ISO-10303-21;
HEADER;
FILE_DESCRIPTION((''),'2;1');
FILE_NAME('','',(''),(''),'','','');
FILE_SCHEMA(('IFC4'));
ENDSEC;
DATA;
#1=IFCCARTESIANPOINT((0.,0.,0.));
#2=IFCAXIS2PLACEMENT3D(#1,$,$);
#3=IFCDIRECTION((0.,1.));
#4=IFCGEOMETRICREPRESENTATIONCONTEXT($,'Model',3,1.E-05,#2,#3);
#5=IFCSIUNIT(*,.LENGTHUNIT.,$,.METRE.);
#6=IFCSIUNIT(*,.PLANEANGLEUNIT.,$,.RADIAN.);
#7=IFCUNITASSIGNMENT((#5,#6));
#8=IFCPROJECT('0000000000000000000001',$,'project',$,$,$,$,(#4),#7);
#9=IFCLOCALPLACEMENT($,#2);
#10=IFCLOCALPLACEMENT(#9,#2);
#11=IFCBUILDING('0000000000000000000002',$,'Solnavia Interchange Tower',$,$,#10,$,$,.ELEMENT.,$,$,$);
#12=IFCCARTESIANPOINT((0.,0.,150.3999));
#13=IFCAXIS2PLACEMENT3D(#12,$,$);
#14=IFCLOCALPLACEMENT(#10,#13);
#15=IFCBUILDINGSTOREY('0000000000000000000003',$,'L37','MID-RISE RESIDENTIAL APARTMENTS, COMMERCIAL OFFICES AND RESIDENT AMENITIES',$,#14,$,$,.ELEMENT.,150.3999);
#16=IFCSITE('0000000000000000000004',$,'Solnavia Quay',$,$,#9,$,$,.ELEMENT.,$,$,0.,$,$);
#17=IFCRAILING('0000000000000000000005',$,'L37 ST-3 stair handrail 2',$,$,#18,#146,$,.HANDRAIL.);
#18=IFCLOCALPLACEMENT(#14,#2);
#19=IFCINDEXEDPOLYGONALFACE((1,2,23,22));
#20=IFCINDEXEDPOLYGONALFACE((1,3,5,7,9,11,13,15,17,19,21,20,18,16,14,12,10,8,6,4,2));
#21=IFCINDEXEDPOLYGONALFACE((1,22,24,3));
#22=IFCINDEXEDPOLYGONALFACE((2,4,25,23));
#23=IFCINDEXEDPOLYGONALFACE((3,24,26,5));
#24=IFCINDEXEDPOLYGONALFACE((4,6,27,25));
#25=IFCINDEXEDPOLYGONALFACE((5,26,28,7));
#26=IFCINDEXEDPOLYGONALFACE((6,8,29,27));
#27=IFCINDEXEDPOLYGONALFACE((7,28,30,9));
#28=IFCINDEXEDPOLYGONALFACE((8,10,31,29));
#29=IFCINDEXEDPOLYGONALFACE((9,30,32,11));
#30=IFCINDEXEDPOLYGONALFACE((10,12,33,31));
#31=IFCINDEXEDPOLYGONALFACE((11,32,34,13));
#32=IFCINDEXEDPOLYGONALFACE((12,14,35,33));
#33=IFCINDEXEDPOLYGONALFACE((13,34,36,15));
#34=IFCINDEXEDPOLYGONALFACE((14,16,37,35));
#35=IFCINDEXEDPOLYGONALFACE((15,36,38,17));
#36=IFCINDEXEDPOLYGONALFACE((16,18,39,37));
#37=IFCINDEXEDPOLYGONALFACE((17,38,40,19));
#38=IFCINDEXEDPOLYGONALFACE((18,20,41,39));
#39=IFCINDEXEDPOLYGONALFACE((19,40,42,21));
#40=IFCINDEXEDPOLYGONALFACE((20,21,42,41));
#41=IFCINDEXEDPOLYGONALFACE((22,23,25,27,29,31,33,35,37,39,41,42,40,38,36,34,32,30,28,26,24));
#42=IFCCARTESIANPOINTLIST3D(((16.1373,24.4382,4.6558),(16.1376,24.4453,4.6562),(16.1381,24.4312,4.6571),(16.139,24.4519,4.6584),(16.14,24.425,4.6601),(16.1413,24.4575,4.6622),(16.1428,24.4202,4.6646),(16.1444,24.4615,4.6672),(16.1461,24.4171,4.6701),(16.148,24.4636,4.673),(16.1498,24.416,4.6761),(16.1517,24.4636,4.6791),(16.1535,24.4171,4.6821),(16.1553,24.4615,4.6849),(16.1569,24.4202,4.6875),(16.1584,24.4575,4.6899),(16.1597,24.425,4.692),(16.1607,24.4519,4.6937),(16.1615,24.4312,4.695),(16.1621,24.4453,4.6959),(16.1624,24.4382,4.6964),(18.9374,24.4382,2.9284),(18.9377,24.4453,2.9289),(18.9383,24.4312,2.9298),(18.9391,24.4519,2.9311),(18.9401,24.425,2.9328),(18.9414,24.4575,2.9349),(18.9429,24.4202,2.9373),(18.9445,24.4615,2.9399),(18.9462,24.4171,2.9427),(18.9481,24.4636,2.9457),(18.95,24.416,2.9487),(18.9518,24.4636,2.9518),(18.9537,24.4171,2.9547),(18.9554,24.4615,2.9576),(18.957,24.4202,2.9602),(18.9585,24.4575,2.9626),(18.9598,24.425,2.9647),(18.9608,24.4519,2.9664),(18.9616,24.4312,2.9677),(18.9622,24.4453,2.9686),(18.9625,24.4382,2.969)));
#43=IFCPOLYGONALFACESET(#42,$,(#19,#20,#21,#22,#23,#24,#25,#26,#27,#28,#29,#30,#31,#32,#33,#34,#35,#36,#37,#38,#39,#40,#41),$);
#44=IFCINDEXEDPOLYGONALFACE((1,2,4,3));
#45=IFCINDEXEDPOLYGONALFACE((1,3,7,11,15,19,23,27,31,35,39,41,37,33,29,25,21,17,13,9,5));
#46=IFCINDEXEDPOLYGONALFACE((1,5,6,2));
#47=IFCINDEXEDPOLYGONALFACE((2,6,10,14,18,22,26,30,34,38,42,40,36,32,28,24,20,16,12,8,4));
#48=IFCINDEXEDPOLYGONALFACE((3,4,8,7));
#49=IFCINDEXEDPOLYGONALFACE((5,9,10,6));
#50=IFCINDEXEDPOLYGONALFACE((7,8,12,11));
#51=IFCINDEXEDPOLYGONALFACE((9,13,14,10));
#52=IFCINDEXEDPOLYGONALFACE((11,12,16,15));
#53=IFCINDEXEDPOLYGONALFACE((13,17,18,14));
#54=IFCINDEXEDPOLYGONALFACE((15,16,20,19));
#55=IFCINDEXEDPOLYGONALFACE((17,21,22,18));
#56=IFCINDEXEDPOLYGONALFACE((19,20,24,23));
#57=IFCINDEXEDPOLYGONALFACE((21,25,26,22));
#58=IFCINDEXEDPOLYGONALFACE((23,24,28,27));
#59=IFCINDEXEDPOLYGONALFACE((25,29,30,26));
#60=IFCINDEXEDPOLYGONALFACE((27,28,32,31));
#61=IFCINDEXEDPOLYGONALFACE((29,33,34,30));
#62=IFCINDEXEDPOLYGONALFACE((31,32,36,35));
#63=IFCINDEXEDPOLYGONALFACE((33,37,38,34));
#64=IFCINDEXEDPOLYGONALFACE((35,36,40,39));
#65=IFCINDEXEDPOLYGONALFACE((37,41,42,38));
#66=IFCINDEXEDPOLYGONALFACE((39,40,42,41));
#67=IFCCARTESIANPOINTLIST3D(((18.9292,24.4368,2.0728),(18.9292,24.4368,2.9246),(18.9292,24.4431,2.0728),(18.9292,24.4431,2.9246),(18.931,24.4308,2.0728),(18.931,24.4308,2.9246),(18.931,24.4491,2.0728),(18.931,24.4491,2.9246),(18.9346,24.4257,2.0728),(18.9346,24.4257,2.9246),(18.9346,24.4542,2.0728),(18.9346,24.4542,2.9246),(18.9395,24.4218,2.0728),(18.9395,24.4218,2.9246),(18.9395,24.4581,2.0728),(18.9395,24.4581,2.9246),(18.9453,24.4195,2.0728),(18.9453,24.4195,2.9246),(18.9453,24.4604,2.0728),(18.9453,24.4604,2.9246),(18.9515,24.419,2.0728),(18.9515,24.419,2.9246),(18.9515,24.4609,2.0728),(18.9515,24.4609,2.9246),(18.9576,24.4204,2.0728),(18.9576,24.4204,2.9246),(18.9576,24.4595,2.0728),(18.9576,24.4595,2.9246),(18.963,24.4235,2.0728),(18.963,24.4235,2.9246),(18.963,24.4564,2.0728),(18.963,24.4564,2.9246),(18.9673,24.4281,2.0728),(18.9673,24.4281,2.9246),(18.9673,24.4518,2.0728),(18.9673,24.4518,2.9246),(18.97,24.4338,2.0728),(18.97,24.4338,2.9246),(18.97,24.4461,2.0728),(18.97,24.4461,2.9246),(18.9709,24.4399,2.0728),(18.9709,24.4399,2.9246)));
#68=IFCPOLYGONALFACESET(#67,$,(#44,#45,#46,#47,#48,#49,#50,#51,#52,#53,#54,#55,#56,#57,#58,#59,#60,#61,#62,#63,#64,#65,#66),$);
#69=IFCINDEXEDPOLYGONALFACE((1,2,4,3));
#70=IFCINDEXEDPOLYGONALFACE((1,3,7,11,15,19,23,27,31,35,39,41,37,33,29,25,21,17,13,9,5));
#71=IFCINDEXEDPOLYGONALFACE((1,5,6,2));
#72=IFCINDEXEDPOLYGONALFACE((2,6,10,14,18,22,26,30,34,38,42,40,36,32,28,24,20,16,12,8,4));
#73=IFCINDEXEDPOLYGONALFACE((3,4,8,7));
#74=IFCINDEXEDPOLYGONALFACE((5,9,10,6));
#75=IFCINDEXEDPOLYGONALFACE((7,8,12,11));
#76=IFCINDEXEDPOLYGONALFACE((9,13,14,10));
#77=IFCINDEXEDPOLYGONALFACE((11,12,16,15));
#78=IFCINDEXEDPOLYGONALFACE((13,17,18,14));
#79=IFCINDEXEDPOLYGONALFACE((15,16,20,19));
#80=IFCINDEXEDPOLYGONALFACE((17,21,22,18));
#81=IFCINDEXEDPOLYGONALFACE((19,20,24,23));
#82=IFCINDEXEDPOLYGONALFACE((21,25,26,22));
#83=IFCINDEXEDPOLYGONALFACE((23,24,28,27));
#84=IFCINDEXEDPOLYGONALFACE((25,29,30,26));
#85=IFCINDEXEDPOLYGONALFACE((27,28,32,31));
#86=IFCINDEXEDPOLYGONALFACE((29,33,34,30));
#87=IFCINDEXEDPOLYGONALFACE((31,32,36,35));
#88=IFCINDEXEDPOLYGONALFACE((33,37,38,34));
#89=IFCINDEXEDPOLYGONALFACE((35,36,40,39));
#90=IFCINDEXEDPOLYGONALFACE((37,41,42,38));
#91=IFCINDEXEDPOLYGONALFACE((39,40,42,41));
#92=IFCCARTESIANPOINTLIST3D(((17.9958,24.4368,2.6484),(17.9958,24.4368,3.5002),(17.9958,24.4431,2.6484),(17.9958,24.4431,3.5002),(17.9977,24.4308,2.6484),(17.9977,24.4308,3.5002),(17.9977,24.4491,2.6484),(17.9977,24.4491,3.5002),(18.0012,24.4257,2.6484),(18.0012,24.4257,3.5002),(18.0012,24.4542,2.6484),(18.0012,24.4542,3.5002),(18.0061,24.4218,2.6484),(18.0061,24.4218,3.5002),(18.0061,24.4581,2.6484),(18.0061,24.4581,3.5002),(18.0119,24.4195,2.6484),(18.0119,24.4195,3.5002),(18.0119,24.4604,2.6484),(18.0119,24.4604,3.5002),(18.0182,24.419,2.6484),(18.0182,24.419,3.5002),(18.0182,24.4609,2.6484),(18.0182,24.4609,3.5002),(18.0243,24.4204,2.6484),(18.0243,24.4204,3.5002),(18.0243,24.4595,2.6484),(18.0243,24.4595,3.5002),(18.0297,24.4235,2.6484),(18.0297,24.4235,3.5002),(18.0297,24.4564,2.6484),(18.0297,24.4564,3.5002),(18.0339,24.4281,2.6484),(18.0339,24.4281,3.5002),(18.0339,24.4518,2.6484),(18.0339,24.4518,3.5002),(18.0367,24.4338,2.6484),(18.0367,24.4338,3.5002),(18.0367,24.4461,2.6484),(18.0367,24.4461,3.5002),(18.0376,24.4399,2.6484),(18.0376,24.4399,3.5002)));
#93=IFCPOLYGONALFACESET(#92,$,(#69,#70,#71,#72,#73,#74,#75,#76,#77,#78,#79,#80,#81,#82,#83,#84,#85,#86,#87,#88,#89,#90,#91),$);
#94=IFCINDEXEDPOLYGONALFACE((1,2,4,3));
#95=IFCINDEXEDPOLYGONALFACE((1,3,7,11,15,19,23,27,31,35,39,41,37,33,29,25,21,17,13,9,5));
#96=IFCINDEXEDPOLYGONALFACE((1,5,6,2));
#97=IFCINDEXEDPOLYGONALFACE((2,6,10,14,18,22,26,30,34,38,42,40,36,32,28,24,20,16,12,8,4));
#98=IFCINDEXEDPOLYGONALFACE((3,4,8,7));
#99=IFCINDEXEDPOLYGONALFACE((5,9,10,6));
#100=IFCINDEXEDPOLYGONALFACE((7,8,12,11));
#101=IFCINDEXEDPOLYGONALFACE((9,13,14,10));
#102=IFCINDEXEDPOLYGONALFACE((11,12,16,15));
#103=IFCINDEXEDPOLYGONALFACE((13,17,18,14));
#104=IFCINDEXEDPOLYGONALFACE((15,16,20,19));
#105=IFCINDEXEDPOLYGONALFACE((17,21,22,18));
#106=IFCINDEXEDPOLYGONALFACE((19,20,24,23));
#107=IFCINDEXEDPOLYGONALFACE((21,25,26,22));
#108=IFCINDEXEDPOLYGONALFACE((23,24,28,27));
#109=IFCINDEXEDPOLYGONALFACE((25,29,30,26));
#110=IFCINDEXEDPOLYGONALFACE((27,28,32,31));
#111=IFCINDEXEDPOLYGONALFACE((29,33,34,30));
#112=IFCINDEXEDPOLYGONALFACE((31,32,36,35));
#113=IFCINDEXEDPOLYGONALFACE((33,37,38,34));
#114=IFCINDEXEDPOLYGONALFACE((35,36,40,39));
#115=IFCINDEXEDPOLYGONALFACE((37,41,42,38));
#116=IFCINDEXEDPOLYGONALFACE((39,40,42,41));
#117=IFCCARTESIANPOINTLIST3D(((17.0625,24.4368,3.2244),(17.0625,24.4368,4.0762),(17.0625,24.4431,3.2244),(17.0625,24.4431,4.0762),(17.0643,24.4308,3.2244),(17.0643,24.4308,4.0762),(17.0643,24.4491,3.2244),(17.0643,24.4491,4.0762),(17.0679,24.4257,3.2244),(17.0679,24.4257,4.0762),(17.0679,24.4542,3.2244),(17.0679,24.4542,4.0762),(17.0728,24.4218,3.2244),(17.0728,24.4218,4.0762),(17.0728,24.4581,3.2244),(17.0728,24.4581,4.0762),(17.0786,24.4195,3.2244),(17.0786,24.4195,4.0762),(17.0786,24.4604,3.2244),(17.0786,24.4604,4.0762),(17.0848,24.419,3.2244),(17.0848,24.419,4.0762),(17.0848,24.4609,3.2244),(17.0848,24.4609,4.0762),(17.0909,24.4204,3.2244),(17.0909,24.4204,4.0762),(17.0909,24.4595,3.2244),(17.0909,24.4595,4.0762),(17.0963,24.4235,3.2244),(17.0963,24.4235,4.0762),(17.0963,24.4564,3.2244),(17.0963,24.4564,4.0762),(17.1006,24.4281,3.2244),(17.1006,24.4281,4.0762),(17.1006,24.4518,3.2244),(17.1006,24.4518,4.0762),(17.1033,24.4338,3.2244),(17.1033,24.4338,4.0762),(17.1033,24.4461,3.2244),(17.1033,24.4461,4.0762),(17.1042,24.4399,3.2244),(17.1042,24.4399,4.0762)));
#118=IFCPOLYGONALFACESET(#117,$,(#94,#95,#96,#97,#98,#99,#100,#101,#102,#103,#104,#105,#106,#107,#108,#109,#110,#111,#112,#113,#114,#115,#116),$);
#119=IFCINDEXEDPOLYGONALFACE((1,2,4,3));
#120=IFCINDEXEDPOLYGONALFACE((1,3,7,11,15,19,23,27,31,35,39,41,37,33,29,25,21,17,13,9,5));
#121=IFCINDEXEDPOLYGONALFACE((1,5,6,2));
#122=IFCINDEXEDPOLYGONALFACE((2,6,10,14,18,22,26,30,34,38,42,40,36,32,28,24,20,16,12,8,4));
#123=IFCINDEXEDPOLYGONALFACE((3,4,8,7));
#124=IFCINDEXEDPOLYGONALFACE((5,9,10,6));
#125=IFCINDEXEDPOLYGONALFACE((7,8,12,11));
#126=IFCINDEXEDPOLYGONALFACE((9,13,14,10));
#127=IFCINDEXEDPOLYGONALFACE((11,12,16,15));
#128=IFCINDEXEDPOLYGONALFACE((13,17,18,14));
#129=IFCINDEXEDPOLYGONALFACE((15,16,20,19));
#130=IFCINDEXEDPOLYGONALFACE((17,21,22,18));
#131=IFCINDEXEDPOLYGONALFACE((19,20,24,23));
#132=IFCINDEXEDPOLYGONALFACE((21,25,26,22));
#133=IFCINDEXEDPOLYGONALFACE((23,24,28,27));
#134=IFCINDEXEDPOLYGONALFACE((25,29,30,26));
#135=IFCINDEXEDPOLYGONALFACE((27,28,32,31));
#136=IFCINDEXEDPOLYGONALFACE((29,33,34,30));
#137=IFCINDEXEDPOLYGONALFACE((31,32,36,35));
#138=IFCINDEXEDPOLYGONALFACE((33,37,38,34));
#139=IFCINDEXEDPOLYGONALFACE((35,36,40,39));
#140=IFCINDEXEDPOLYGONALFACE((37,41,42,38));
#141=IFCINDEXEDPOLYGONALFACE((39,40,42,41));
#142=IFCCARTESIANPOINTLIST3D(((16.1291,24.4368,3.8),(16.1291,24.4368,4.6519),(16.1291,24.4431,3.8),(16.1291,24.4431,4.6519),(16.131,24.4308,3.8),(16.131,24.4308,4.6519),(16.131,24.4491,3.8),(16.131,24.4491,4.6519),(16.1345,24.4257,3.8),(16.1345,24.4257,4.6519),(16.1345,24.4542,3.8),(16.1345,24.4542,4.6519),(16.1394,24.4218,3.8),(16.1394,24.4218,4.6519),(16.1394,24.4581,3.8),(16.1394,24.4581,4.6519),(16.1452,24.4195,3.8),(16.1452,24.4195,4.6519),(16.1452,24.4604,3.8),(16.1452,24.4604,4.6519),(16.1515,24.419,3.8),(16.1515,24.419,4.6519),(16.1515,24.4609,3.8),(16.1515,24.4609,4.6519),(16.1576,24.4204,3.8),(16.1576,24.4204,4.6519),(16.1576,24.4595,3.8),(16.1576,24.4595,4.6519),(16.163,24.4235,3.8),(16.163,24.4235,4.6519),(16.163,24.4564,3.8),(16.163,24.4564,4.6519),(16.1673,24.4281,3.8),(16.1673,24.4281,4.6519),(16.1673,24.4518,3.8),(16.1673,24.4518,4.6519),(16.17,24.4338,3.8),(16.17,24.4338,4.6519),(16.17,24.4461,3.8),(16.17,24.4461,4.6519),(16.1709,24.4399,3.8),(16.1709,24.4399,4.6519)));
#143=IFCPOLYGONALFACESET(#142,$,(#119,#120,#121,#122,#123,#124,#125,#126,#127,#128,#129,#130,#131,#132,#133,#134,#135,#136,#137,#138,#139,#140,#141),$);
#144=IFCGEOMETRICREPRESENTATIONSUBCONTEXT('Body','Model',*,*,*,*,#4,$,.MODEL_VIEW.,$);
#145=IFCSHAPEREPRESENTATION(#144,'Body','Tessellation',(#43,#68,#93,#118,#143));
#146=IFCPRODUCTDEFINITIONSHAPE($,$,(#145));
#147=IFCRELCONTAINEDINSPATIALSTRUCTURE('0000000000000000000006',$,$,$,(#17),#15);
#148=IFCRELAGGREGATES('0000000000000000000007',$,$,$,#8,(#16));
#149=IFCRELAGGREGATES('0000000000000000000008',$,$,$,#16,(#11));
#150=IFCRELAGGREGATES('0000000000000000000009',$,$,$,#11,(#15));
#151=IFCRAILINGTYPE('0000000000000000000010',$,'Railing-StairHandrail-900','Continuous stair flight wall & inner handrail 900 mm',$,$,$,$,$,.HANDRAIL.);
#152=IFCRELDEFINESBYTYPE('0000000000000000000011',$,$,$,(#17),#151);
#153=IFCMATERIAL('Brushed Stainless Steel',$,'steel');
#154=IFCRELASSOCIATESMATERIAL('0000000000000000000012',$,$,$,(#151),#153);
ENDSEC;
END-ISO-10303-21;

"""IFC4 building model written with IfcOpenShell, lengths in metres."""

from ifc_helpers import new_model, si_unit, direction, frame, origin, origin_2d, place, context, subcontext, project, spatial, circle, extrude, material, type_object, element, save


model = new_model("IFC4")

# Units and contexts
model_context = context("Model", 3, precision=1e-05, world=origin(), true_north=direction((0.0, 1.0)))
body_context = subcontext(model_context, "Body", "Model", "MODEL_VIEW")
ifc_project = project(units=[si_unit("LENGTHUNIT", "METRE"), si_unit("PLANEANGLEUNIT", "RADIAN")], contexts=[model_context])

# Site, building, storey
site_placement = place(None, origin())
site = spatial("IfcSite", under=ifc_project, at=site_placement, Name="Solnavia Quay", CompositionType="ELEMENT", RefElevation=0.0)
building_placement = place(site_placement, origin())
building = spatial("IfcBuilding", under=site, at=building_placement, Name="Solnavia Interchange Tower", CompositionType="ELEMENT")
storey_placement = place(building_placement, frame((0.0, 0.0, 150.3999)))
storey = spatial("IfcBuildingStorey", under=building, at=storey_placement, Name="L37", Description="MID-RISE RESIDENTIAL APARTMENTS, COMMERCIAL OFFICES AND RESIDENT AMENITIES", CompositionType="ELEMENT", Elevation=150.3999)

# Railing
ifc_material_1 = material(Name="Brushed Stainless Steel", Category="steel")
railing_type_1 = type_object("IfcRailingType", Name="Railing-StairHandrail-900", Description="Continuous stair flight wall & inner handrail 900 mm", PredefinedType="HANDRAIL", material=ifc_material_1)
railing_1_placement = place(storey_placement, frame((18.95, 24.4399, 2.0728)))
element("IfcRailing", 1, at=railing_1_placement, inside=storey, type_object=railing_type_1, Name="L37 ST-3 stair handrail 2", PredefinedType="HANDRAIL", context=body_context, shape_type="SweptSolid", body=[
    extrude(circle(Radius=0.0239, at=origin_2d()), frame((0.0, 0.0, 0.876), z_axis=(-0.85109, 0.0, 0.52502), x_axis=(0.0, -1.0, 0.0)), (0.0, 0.0, 1.0), 3.29),
    extrude(circle(Radius=0.021, at=origin_2d()), origin(), (0.0, 0.0, 1.0), 0.8518),
    extrude(circle(Radius=0.021, at=origin_2d()), frame((-0.9333, 0.0, 0.5757)), (0.0, 0.0, 1.0), 0.8518),
    extrude(circle(Radius=0.021, at=origin_2d()), frame((-1.8667, 0.0, 1.1516)), (0.0, 0.0, 1.0), 0.8518),
    extrude(circle(Radius=0.021, at=origin_2d()), frame((-2.8, 0.0, 1.7273)), (0.0, 0.0, 1.0), 0.8518),
])

save(model, "model.ifc")
